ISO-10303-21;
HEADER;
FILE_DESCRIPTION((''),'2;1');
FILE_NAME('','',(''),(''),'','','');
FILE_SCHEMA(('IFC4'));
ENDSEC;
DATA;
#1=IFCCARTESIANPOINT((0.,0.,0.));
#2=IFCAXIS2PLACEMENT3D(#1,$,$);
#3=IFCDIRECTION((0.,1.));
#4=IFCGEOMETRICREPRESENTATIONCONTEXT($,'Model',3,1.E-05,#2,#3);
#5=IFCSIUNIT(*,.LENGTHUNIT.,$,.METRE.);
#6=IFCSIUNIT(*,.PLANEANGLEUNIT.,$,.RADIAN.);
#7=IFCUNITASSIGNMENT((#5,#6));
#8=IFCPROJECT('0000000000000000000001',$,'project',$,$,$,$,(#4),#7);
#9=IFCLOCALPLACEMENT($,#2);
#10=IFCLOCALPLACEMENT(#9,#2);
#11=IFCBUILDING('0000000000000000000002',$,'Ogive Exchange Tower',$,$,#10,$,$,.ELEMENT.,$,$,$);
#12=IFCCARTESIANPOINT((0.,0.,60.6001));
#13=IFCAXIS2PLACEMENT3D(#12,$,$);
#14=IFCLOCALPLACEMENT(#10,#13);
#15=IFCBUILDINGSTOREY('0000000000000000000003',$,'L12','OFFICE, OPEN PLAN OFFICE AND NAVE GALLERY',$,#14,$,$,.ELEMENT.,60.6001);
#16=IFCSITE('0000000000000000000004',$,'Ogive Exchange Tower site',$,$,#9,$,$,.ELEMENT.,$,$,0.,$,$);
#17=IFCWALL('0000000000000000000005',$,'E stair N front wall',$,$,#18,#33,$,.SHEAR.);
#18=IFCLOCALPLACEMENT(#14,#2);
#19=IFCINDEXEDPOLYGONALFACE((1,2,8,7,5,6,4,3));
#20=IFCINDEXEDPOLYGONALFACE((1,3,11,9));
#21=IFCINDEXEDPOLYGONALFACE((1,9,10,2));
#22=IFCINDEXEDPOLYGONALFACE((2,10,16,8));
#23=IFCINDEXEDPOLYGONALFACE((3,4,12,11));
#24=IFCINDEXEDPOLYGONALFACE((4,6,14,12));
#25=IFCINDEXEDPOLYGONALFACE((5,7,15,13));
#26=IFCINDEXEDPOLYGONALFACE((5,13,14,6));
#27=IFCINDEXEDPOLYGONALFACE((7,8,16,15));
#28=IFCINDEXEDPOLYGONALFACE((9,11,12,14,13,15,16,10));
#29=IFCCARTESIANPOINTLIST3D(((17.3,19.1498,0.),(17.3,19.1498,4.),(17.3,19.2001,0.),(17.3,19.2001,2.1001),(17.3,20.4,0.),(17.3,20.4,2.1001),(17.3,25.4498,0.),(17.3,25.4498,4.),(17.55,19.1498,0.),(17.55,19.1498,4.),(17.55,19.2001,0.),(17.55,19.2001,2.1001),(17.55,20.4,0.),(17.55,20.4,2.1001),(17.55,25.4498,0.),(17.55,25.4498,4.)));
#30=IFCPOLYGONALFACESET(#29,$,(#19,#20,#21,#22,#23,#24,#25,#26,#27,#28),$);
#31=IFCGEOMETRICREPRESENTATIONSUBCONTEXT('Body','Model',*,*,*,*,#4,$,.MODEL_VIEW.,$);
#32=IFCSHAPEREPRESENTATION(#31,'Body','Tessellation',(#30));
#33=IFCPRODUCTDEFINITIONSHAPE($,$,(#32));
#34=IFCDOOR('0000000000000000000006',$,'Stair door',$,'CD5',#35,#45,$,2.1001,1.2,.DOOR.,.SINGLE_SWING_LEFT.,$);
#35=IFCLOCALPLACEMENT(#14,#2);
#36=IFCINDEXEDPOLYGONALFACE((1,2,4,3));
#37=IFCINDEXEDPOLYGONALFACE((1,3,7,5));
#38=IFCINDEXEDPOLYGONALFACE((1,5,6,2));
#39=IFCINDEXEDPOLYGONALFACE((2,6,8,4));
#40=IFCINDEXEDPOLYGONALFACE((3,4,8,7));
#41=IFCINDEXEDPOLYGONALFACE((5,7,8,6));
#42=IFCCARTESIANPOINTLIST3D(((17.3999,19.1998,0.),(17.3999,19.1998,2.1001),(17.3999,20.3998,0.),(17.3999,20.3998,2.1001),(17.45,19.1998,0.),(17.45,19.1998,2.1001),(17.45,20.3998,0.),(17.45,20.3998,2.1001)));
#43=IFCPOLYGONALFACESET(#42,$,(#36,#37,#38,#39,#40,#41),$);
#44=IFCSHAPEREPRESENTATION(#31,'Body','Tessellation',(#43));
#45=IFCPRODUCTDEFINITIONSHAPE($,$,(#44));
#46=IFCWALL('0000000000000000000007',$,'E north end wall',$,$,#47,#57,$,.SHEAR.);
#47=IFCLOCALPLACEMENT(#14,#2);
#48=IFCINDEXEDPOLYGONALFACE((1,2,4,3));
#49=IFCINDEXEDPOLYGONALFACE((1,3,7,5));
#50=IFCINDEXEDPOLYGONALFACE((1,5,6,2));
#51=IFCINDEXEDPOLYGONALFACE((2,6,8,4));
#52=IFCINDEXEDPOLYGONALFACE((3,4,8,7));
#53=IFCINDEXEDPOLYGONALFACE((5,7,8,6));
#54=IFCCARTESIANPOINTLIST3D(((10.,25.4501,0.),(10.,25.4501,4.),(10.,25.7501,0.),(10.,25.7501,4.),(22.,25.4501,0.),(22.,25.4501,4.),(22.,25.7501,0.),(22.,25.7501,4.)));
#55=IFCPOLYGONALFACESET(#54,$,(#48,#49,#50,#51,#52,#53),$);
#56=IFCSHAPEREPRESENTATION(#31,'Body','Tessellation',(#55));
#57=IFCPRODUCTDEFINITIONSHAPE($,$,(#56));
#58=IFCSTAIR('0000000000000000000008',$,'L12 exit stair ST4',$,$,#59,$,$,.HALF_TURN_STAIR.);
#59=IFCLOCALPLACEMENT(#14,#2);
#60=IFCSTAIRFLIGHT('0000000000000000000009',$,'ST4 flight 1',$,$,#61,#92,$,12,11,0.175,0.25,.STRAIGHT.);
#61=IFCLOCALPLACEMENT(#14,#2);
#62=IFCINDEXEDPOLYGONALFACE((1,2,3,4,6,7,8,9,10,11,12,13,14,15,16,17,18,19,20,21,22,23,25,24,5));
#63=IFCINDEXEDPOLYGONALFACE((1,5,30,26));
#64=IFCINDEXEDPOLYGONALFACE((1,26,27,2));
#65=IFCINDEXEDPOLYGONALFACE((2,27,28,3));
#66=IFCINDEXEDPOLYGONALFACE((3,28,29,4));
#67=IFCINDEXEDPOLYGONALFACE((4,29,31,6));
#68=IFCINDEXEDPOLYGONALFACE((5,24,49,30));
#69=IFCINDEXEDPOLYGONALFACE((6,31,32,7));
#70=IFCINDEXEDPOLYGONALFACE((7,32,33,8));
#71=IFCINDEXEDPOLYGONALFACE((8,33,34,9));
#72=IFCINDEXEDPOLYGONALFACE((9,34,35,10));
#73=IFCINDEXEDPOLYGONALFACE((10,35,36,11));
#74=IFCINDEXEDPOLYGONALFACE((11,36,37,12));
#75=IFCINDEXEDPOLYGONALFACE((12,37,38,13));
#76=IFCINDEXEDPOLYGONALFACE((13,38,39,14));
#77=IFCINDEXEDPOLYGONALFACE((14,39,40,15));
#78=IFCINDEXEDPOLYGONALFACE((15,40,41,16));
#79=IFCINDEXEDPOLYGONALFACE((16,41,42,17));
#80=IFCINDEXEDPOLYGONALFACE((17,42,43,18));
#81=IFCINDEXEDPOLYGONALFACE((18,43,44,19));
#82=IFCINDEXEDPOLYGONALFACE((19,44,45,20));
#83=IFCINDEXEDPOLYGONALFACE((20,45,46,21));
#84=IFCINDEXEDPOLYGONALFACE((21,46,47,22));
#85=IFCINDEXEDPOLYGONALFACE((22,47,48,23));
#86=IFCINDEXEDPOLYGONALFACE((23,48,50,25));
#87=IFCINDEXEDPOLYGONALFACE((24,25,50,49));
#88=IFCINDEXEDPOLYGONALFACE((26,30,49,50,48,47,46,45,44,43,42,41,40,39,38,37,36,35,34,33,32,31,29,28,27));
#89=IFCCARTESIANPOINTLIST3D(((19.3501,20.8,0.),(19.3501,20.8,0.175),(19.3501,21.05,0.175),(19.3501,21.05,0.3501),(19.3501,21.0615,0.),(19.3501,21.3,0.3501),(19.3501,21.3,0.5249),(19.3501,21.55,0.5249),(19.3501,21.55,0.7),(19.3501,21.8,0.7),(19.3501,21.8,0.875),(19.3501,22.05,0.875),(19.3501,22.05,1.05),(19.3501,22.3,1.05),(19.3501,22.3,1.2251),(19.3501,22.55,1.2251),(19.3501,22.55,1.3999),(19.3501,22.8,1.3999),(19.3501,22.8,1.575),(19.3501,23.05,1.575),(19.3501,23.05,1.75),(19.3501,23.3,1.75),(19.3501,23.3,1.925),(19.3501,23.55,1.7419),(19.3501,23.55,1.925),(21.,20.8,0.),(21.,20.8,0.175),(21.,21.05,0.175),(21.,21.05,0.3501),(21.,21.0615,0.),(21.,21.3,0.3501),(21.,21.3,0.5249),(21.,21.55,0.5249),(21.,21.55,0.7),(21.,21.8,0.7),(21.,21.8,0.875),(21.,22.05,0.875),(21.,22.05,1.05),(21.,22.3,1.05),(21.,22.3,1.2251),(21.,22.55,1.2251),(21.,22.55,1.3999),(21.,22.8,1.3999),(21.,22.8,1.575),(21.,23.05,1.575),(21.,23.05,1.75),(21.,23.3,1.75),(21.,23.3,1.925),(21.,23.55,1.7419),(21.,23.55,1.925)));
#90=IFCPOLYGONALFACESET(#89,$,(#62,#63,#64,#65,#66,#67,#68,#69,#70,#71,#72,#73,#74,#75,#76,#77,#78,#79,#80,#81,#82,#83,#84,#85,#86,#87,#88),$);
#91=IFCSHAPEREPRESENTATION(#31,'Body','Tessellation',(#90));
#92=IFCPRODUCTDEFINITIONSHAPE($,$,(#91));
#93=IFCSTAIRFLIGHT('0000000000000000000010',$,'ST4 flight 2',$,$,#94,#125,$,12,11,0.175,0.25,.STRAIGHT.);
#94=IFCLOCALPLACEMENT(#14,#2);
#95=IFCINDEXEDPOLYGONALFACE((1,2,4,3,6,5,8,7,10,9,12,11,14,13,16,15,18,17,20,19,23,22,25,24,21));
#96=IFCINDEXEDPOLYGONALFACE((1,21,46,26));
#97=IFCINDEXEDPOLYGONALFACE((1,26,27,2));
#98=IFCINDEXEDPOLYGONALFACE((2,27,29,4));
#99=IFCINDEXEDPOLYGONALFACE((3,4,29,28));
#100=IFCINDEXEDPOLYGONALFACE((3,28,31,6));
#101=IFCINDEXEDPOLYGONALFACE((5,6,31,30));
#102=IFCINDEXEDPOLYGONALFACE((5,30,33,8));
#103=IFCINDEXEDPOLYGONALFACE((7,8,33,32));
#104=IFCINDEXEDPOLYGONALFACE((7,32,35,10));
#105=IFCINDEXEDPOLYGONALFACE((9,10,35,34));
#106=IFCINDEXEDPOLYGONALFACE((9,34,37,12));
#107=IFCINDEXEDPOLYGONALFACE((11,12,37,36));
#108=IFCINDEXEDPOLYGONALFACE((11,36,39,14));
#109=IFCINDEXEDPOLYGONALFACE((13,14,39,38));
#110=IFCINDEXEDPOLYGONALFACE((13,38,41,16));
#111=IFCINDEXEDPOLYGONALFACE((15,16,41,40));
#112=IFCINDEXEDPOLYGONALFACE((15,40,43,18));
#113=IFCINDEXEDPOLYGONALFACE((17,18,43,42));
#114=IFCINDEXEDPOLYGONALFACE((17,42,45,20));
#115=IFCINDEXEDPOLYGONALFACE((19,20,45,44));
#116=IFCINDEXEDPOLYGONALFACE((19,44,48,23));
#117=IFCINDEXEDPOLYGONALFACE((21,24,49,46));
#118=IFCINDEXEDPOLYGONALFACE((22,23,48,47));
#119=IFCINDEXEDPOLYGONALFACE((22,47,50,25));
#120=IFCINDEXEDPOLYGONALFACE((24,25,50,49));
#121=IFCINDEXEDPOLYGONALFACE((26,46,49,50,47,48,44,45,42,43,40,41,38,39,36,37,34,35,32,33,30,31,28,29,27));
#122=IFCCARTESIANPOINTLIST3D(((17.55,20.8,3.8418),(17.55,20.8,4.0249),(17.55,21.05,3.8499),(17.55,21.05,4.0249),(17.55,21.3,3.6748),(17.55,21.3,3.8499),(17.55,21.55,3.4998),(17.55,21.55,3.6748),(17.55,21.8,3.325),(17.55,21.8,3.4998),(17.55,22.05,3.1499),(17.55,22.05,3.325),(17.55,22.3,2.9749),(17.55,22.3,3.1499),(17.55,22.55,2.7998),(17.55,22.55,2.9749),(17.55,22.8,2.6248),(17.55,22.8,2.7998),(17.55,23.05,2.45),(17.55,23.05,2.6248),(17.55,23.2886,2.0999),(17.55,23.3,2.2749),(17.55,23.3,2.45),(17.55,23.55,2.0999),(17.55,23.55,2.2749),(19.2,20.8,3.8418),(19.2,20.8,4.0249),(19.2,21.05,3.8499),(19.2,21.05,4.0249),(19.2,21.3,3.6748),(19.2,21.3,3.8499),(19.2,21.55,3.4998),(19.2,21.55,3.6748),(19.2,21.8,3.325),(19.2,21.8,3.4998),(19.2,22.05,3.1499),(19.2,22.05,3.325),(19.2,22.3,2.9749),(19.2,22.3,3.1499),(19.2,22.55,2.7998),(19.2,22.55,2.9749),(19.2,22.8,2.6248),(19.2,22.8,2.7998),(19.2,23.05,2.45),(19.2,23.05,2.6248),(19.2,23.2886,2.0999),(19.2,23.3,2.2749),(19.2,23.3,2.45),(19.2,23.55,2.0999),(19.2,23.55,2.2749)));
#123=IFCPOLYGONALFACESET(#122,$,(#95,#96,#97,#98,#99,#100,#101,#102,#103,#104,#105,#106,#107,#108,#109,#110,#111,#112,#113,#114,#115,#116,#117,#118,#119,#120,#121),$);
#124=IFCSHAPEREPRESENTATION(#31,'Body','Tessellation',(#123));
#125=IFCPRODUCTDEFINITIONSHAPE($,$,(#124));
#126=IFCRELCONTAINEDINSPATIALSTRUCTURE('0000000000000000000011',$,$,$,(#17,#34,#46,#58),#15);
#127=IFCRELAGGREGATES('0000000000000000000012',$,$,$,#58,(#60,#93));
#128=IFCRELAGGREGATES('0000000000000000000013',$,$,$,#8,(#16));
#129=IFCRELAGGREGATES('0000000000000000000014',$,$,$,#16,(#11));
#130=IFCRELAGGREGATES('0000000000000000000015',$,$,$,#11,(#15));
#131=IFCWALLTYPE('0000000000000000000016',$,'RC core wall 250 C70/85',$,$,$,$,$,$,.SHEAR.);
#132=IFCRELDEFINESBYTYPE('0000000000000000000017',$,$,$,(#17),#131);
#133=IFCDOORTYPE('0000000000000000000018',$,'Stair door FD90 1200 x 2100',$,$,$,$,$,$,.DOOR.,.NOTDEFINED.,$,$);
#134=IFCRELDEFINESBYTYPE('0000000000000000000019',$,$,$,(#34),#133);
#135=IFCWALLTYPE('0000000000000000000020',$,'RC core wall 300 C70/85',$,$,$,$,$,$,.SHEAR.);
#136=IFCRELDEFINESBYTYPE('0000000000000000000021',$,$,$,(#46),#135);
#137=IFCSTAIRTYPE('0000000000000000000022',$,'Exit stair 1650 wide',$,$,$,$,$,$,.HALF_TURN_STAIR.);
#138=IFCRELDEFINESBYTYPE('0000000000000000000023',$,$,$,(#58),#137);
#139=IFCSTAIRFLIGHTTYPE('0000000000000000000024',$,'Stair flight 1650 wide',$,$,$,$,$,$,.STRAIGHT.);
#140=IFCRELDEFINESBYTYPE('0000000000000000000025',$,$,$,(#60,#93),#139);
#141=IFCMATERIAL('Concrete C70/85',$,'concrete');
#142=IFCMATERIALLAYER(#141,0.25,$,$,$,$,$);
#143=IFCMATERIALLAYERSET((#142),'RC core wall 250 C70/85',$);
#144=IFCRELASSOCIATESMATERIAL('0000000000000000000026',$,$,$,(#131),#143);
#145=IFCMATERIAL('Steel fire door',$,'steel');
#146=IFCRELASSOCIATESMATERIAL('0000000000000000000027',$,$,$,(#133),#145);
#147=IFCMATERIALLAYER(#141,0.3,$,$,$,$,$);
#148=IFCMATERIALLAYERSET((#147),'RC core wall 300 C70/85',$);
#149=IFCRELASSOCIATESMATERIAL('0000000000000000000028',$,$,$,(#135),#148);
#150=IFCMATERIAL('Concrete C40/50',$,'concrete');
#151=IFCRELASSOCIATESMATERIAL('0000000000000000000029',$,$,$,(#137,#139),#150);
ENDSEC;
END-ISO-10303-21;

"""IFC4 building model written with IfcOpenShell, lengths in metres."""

from ifc_helpers import new_model, si_unit, direction, frame, frame_2d, origin, place, context, subcontext, project, spatial, polyline, rectangle, outline, extrude, material, layer, layer_set, type_object, element, fill, aggregate, save


model = new_model("IFC4")

# Units and contexts
model_context = context("Model", 3, precision=1e-05, world=origin(), true_north=direction((0.0, 1.0)))
body_context = subcontext(model_context, "Body", "Model", "MODEL_VIEW")
ifc_project = project(units=[si_unit("LENGTHUNIT", "METRE"), si_unit("PLANEANGLEUNIT", "RADIAN")], contexts=[model_context])

# Site, building, storey
site_placement = place(None, origin())
site = spatial("IfcSite", under=ifc_project, at=site_placement, Name="Ogive Exchange Tower site", CompositionType="ELEMENT", RefElevation=0.0)
building_placement = place(site_placement, origin())
building = spatial("IfcBuilding", under=site, at=building_placement, Name="Ogive Exchange Tower", CompositionType="ELEMENT")
storey_placement = place(building_placement, frame((0.0, 0.0, 60.6001)))
storey = spatial("IfcBuildingStorey", under=building, at=storey_placement, Name="L12", Description="OFFICE, OPEN PLAN OFFICE AND NAVE GALLERY", CompositionType="ELEMENT", Elevation=60.6001)

# Wall, opening, door
ifc_material_1 = material(Name="Concrete C70/85", Category="concrete")
ifc_layer_1 = layer(ifc_material_1, 0.25)
ifc_layer_set_1 = layer_set([ifc_layer_1], Name="RC core wall 250 C70/85")
wall_type_1 = type_object("IfcWallType", Name="RC core wall 250 C70/85", PredefinedType="SHEAR", material=ifc_layer_set_1)
wall_1_placement = place(storey_placement, frame((17.425, 19.1499, 0.0), z_axis=(0.0, 0.0, 1.0), x_axis=(0.0, 1.0, 0.0)))
wall_1 = element("IfcWall", 1, at=wall_1_placement, inside=storey, type_object=wall_type_1, Name="E stair N front wall", PredefinedType="SHEAR", context=body_context, shape_type="SweptSolid", body=[
    extrude(rectangle(XDim=6.3, YDim=0.25, at=frame_2d((3.1499, 0.0))), origin(), (0.0, 0.0, 1.0), 4.0),
])
opening_placement = place(wall_1_placement, frame((0.05, 0.0, 0.0)))
opening = element("IfcOpeningElement", 2, at=opening_placement, cuts=wall_1, PredefinedType="OPENING", context=body_context, shape_type="SweptSolid", body=[
    extrude(rectangle(XDim=1.2, YDim=2.1001, at=frame_2d((0.6001, 1.05))), frame((0.0, 0.135, 0.0), z_axis=(0.0, -1.0, 0.0), x_axis=(1.0, 0.0, 0.0)), (0.0, 0.0, 1.0), 0.27),
])
ifc_material_2 = material(Name="Steel fire door", Category="steel")
door_type = type_object("IfcDoorType", Name="Stair door FD90 1200 x 2100", OperationType="NOTDEFINED", PredefinedType="DOOR", material=ifc_material_2)
door_placement = place(opening_placement, frame((1.2, 0.0, 0.0), z_axis=(0.0, 0.0, 1.0), x_axis=(-1.0, 0.0, 0.0)))
door = element("IfcDoor", 3, at=door_placement, inside=storey, type_object=door_type, Name="Stair door", ObjectType="CD5", OperationType="SINGLE_SWING_LEFT", OverallHeight=2.1001, OverallWidth=1.2, PredefinedType="DOOR", context=body_context, shape_type="SweptSolid", body=[
    extrude(rectangle(XDim=1.2, YDim=2.1001, at=frame_2d((0.6001, 1.05))), frame((0.0, 0.0249, 0.0), z_axis=(0.0, -1.0, 0.0), x_axis=(1.0, 0.0, 0.0)), (0.0, 0.0, 1.0), 0.05),
])
fill(opening, door)

# Wall
ifc_layer_2 = layer(ifc_material_1, 0.3)
ifc_layer_set_2 = layer_set([ifc_layer_2], Name="RC core wall 300 C70/85")
wall_type_2 = type_object("IfcWallType", Name="RC core wall 300 C70/85", PredefinedType="SHEAR", material=ifc_layer_set_2)
wall_2_placement = place(storey_placement, frame((10.0, 25.6001, 0.0), z_axis=(0.0, 0.0, 1.0), x_axis=(1.0, 0.0, 0.0)))
element("IfcWall", 4, at=wall_2_placement, inside=storey, type_object=wall_type_2, Name="E north end wall", PredefinedType="SHEAR", context=body_context, shape_type="SweptSolid", body=[
    extrude(rectangle(XDim=12.0, YDim=0.3, at=frame_2d((6.0, 0.0))), origin(), (0.0, 0.0, 1.0), 4.0),
])

# Stair, stair flights
ifc_material_3 = material(Name="Concrete C40/50", Category="concrete")
stair_type = type_object("IfcStairType", Name="Exit stair 1650 wide", PredefinedType="HALF_TURN_STAIR", material=ifc_material_3)
stair_placement = place(storey_placement, origin())
stair = element("IfcStair", 5, at=stair_placement, inside=storey, type_object=stair_type, Name="L12 exit stair ST4", PredefinedType="HALF_TURN_STAIR")
stair_flight_type = type_object("IfcStairFlightType", Name="Stair flight 1650 wide", PredefinedType="STRAIGHT", material=ifc_material_3)
stair_flight_1_placement = place(storey_placement, frame((20.175, 20.8, 0.0), z_axis=(0.0, 0.0, 1.0), x_axis=(0.0, 1.0, 0.0)))
stair_flight_1 = element("IfcStairFlight", 6, at=stair_flight_1_placement, type_object=stair_flight_type, Name="ST4 flight 1", NumberOfRisers=12, NumberOfTreads=11, PredefinedType="STRAIGHT", RiserHeight=0.175, TreadLength=0.25, context=body_context, shape_type="SweptSolid", body=[
    extrude(outline(polyline([(0.0, 0.0), (0.0, 0.175), (0.25, 0.175), (0.25, 0.3501), (0.5, 0.3501), (0.5, 0.5249), (0.75, 0.5249), (0.75, 0.7), (1.0, 0.7), (1.0, 0.875), (1.25, 0.875), (1.25, 1.05), (1.5, 1.05), (1.5, 1.2251), (1.75, 1.2251), (1.75, 1.3999), (2.0, 1.3999), (2.0, 1.575), (2.25, 1.575), (2.25, 1.75), (2.5, 1.75), (2.5, 1.925), (2.75, 1.925), (2.75, 2.1001), (2.75, 1.7419), (0.2615, 0.0), (0.0, 0.0)])), frame((0.0, 0.825, 0.0), z_axis=(0.0, -1.0, 0.0), x_axis=(1.0, 0.0, 0.0)), (0.0, 0.0, 1.0), 1.6499),
])
stair_flight_2_placement = place(storey_placement, frame((18.375, 23.55, 2.0999), z_axis=(0.0, 0.0, 1.0), x_axis=(0.0, -1.0, 0.0)))
stair_flight_2 = element("IfcStairFlight", 7, at=stair_flight_2_placement, type_object=stair_flight_type, Name="ST4 flight 2", NumberOfRisers=12, NumberOfTreads=11, PredefinedType="STRAIGHT", RiserHeight=0.175, TreadLength=0.25, context=body_context, shape_type="SweptSolid", body=[
    extrude(outline(polyline([(0.0, 0.0), (0.0, 0.175), (0.25, 0.175), (0.25, 0.3501), (0.5, 0.3501), (0.5, 0.5249), (0.75, 0.5249), (0.75, 0.7), (1.0, 0.7), (1.0, 0.875), (1.25, 0.875), (1.25, 1.05), (1.5, 1.05), (1.5, 1.2251), (1.75, 1.2251), (1.75, 1.3999), (2.0, 1.3999), (2.0, 1.575), (2.25, 1.575), (2.25, 1.75), (2.5, 1.75), (2.5, 1.925), (2.75, 1.925), (2.75, 2.1001), (2.75, 1.7419), (0.2615, 0.0), (0.0, 0.0)])), frame((0.0, 0.825, 0.0), z_axis=(0.0, -1.0, 0.0), x_axis=(1.0, 0.0, 0.0)), (0.0, 0.0, 1.0), 1.6499),
])
aggregate(stair, [stair_flight_1, stair_flight_2])

save(model, "model.ifc")
